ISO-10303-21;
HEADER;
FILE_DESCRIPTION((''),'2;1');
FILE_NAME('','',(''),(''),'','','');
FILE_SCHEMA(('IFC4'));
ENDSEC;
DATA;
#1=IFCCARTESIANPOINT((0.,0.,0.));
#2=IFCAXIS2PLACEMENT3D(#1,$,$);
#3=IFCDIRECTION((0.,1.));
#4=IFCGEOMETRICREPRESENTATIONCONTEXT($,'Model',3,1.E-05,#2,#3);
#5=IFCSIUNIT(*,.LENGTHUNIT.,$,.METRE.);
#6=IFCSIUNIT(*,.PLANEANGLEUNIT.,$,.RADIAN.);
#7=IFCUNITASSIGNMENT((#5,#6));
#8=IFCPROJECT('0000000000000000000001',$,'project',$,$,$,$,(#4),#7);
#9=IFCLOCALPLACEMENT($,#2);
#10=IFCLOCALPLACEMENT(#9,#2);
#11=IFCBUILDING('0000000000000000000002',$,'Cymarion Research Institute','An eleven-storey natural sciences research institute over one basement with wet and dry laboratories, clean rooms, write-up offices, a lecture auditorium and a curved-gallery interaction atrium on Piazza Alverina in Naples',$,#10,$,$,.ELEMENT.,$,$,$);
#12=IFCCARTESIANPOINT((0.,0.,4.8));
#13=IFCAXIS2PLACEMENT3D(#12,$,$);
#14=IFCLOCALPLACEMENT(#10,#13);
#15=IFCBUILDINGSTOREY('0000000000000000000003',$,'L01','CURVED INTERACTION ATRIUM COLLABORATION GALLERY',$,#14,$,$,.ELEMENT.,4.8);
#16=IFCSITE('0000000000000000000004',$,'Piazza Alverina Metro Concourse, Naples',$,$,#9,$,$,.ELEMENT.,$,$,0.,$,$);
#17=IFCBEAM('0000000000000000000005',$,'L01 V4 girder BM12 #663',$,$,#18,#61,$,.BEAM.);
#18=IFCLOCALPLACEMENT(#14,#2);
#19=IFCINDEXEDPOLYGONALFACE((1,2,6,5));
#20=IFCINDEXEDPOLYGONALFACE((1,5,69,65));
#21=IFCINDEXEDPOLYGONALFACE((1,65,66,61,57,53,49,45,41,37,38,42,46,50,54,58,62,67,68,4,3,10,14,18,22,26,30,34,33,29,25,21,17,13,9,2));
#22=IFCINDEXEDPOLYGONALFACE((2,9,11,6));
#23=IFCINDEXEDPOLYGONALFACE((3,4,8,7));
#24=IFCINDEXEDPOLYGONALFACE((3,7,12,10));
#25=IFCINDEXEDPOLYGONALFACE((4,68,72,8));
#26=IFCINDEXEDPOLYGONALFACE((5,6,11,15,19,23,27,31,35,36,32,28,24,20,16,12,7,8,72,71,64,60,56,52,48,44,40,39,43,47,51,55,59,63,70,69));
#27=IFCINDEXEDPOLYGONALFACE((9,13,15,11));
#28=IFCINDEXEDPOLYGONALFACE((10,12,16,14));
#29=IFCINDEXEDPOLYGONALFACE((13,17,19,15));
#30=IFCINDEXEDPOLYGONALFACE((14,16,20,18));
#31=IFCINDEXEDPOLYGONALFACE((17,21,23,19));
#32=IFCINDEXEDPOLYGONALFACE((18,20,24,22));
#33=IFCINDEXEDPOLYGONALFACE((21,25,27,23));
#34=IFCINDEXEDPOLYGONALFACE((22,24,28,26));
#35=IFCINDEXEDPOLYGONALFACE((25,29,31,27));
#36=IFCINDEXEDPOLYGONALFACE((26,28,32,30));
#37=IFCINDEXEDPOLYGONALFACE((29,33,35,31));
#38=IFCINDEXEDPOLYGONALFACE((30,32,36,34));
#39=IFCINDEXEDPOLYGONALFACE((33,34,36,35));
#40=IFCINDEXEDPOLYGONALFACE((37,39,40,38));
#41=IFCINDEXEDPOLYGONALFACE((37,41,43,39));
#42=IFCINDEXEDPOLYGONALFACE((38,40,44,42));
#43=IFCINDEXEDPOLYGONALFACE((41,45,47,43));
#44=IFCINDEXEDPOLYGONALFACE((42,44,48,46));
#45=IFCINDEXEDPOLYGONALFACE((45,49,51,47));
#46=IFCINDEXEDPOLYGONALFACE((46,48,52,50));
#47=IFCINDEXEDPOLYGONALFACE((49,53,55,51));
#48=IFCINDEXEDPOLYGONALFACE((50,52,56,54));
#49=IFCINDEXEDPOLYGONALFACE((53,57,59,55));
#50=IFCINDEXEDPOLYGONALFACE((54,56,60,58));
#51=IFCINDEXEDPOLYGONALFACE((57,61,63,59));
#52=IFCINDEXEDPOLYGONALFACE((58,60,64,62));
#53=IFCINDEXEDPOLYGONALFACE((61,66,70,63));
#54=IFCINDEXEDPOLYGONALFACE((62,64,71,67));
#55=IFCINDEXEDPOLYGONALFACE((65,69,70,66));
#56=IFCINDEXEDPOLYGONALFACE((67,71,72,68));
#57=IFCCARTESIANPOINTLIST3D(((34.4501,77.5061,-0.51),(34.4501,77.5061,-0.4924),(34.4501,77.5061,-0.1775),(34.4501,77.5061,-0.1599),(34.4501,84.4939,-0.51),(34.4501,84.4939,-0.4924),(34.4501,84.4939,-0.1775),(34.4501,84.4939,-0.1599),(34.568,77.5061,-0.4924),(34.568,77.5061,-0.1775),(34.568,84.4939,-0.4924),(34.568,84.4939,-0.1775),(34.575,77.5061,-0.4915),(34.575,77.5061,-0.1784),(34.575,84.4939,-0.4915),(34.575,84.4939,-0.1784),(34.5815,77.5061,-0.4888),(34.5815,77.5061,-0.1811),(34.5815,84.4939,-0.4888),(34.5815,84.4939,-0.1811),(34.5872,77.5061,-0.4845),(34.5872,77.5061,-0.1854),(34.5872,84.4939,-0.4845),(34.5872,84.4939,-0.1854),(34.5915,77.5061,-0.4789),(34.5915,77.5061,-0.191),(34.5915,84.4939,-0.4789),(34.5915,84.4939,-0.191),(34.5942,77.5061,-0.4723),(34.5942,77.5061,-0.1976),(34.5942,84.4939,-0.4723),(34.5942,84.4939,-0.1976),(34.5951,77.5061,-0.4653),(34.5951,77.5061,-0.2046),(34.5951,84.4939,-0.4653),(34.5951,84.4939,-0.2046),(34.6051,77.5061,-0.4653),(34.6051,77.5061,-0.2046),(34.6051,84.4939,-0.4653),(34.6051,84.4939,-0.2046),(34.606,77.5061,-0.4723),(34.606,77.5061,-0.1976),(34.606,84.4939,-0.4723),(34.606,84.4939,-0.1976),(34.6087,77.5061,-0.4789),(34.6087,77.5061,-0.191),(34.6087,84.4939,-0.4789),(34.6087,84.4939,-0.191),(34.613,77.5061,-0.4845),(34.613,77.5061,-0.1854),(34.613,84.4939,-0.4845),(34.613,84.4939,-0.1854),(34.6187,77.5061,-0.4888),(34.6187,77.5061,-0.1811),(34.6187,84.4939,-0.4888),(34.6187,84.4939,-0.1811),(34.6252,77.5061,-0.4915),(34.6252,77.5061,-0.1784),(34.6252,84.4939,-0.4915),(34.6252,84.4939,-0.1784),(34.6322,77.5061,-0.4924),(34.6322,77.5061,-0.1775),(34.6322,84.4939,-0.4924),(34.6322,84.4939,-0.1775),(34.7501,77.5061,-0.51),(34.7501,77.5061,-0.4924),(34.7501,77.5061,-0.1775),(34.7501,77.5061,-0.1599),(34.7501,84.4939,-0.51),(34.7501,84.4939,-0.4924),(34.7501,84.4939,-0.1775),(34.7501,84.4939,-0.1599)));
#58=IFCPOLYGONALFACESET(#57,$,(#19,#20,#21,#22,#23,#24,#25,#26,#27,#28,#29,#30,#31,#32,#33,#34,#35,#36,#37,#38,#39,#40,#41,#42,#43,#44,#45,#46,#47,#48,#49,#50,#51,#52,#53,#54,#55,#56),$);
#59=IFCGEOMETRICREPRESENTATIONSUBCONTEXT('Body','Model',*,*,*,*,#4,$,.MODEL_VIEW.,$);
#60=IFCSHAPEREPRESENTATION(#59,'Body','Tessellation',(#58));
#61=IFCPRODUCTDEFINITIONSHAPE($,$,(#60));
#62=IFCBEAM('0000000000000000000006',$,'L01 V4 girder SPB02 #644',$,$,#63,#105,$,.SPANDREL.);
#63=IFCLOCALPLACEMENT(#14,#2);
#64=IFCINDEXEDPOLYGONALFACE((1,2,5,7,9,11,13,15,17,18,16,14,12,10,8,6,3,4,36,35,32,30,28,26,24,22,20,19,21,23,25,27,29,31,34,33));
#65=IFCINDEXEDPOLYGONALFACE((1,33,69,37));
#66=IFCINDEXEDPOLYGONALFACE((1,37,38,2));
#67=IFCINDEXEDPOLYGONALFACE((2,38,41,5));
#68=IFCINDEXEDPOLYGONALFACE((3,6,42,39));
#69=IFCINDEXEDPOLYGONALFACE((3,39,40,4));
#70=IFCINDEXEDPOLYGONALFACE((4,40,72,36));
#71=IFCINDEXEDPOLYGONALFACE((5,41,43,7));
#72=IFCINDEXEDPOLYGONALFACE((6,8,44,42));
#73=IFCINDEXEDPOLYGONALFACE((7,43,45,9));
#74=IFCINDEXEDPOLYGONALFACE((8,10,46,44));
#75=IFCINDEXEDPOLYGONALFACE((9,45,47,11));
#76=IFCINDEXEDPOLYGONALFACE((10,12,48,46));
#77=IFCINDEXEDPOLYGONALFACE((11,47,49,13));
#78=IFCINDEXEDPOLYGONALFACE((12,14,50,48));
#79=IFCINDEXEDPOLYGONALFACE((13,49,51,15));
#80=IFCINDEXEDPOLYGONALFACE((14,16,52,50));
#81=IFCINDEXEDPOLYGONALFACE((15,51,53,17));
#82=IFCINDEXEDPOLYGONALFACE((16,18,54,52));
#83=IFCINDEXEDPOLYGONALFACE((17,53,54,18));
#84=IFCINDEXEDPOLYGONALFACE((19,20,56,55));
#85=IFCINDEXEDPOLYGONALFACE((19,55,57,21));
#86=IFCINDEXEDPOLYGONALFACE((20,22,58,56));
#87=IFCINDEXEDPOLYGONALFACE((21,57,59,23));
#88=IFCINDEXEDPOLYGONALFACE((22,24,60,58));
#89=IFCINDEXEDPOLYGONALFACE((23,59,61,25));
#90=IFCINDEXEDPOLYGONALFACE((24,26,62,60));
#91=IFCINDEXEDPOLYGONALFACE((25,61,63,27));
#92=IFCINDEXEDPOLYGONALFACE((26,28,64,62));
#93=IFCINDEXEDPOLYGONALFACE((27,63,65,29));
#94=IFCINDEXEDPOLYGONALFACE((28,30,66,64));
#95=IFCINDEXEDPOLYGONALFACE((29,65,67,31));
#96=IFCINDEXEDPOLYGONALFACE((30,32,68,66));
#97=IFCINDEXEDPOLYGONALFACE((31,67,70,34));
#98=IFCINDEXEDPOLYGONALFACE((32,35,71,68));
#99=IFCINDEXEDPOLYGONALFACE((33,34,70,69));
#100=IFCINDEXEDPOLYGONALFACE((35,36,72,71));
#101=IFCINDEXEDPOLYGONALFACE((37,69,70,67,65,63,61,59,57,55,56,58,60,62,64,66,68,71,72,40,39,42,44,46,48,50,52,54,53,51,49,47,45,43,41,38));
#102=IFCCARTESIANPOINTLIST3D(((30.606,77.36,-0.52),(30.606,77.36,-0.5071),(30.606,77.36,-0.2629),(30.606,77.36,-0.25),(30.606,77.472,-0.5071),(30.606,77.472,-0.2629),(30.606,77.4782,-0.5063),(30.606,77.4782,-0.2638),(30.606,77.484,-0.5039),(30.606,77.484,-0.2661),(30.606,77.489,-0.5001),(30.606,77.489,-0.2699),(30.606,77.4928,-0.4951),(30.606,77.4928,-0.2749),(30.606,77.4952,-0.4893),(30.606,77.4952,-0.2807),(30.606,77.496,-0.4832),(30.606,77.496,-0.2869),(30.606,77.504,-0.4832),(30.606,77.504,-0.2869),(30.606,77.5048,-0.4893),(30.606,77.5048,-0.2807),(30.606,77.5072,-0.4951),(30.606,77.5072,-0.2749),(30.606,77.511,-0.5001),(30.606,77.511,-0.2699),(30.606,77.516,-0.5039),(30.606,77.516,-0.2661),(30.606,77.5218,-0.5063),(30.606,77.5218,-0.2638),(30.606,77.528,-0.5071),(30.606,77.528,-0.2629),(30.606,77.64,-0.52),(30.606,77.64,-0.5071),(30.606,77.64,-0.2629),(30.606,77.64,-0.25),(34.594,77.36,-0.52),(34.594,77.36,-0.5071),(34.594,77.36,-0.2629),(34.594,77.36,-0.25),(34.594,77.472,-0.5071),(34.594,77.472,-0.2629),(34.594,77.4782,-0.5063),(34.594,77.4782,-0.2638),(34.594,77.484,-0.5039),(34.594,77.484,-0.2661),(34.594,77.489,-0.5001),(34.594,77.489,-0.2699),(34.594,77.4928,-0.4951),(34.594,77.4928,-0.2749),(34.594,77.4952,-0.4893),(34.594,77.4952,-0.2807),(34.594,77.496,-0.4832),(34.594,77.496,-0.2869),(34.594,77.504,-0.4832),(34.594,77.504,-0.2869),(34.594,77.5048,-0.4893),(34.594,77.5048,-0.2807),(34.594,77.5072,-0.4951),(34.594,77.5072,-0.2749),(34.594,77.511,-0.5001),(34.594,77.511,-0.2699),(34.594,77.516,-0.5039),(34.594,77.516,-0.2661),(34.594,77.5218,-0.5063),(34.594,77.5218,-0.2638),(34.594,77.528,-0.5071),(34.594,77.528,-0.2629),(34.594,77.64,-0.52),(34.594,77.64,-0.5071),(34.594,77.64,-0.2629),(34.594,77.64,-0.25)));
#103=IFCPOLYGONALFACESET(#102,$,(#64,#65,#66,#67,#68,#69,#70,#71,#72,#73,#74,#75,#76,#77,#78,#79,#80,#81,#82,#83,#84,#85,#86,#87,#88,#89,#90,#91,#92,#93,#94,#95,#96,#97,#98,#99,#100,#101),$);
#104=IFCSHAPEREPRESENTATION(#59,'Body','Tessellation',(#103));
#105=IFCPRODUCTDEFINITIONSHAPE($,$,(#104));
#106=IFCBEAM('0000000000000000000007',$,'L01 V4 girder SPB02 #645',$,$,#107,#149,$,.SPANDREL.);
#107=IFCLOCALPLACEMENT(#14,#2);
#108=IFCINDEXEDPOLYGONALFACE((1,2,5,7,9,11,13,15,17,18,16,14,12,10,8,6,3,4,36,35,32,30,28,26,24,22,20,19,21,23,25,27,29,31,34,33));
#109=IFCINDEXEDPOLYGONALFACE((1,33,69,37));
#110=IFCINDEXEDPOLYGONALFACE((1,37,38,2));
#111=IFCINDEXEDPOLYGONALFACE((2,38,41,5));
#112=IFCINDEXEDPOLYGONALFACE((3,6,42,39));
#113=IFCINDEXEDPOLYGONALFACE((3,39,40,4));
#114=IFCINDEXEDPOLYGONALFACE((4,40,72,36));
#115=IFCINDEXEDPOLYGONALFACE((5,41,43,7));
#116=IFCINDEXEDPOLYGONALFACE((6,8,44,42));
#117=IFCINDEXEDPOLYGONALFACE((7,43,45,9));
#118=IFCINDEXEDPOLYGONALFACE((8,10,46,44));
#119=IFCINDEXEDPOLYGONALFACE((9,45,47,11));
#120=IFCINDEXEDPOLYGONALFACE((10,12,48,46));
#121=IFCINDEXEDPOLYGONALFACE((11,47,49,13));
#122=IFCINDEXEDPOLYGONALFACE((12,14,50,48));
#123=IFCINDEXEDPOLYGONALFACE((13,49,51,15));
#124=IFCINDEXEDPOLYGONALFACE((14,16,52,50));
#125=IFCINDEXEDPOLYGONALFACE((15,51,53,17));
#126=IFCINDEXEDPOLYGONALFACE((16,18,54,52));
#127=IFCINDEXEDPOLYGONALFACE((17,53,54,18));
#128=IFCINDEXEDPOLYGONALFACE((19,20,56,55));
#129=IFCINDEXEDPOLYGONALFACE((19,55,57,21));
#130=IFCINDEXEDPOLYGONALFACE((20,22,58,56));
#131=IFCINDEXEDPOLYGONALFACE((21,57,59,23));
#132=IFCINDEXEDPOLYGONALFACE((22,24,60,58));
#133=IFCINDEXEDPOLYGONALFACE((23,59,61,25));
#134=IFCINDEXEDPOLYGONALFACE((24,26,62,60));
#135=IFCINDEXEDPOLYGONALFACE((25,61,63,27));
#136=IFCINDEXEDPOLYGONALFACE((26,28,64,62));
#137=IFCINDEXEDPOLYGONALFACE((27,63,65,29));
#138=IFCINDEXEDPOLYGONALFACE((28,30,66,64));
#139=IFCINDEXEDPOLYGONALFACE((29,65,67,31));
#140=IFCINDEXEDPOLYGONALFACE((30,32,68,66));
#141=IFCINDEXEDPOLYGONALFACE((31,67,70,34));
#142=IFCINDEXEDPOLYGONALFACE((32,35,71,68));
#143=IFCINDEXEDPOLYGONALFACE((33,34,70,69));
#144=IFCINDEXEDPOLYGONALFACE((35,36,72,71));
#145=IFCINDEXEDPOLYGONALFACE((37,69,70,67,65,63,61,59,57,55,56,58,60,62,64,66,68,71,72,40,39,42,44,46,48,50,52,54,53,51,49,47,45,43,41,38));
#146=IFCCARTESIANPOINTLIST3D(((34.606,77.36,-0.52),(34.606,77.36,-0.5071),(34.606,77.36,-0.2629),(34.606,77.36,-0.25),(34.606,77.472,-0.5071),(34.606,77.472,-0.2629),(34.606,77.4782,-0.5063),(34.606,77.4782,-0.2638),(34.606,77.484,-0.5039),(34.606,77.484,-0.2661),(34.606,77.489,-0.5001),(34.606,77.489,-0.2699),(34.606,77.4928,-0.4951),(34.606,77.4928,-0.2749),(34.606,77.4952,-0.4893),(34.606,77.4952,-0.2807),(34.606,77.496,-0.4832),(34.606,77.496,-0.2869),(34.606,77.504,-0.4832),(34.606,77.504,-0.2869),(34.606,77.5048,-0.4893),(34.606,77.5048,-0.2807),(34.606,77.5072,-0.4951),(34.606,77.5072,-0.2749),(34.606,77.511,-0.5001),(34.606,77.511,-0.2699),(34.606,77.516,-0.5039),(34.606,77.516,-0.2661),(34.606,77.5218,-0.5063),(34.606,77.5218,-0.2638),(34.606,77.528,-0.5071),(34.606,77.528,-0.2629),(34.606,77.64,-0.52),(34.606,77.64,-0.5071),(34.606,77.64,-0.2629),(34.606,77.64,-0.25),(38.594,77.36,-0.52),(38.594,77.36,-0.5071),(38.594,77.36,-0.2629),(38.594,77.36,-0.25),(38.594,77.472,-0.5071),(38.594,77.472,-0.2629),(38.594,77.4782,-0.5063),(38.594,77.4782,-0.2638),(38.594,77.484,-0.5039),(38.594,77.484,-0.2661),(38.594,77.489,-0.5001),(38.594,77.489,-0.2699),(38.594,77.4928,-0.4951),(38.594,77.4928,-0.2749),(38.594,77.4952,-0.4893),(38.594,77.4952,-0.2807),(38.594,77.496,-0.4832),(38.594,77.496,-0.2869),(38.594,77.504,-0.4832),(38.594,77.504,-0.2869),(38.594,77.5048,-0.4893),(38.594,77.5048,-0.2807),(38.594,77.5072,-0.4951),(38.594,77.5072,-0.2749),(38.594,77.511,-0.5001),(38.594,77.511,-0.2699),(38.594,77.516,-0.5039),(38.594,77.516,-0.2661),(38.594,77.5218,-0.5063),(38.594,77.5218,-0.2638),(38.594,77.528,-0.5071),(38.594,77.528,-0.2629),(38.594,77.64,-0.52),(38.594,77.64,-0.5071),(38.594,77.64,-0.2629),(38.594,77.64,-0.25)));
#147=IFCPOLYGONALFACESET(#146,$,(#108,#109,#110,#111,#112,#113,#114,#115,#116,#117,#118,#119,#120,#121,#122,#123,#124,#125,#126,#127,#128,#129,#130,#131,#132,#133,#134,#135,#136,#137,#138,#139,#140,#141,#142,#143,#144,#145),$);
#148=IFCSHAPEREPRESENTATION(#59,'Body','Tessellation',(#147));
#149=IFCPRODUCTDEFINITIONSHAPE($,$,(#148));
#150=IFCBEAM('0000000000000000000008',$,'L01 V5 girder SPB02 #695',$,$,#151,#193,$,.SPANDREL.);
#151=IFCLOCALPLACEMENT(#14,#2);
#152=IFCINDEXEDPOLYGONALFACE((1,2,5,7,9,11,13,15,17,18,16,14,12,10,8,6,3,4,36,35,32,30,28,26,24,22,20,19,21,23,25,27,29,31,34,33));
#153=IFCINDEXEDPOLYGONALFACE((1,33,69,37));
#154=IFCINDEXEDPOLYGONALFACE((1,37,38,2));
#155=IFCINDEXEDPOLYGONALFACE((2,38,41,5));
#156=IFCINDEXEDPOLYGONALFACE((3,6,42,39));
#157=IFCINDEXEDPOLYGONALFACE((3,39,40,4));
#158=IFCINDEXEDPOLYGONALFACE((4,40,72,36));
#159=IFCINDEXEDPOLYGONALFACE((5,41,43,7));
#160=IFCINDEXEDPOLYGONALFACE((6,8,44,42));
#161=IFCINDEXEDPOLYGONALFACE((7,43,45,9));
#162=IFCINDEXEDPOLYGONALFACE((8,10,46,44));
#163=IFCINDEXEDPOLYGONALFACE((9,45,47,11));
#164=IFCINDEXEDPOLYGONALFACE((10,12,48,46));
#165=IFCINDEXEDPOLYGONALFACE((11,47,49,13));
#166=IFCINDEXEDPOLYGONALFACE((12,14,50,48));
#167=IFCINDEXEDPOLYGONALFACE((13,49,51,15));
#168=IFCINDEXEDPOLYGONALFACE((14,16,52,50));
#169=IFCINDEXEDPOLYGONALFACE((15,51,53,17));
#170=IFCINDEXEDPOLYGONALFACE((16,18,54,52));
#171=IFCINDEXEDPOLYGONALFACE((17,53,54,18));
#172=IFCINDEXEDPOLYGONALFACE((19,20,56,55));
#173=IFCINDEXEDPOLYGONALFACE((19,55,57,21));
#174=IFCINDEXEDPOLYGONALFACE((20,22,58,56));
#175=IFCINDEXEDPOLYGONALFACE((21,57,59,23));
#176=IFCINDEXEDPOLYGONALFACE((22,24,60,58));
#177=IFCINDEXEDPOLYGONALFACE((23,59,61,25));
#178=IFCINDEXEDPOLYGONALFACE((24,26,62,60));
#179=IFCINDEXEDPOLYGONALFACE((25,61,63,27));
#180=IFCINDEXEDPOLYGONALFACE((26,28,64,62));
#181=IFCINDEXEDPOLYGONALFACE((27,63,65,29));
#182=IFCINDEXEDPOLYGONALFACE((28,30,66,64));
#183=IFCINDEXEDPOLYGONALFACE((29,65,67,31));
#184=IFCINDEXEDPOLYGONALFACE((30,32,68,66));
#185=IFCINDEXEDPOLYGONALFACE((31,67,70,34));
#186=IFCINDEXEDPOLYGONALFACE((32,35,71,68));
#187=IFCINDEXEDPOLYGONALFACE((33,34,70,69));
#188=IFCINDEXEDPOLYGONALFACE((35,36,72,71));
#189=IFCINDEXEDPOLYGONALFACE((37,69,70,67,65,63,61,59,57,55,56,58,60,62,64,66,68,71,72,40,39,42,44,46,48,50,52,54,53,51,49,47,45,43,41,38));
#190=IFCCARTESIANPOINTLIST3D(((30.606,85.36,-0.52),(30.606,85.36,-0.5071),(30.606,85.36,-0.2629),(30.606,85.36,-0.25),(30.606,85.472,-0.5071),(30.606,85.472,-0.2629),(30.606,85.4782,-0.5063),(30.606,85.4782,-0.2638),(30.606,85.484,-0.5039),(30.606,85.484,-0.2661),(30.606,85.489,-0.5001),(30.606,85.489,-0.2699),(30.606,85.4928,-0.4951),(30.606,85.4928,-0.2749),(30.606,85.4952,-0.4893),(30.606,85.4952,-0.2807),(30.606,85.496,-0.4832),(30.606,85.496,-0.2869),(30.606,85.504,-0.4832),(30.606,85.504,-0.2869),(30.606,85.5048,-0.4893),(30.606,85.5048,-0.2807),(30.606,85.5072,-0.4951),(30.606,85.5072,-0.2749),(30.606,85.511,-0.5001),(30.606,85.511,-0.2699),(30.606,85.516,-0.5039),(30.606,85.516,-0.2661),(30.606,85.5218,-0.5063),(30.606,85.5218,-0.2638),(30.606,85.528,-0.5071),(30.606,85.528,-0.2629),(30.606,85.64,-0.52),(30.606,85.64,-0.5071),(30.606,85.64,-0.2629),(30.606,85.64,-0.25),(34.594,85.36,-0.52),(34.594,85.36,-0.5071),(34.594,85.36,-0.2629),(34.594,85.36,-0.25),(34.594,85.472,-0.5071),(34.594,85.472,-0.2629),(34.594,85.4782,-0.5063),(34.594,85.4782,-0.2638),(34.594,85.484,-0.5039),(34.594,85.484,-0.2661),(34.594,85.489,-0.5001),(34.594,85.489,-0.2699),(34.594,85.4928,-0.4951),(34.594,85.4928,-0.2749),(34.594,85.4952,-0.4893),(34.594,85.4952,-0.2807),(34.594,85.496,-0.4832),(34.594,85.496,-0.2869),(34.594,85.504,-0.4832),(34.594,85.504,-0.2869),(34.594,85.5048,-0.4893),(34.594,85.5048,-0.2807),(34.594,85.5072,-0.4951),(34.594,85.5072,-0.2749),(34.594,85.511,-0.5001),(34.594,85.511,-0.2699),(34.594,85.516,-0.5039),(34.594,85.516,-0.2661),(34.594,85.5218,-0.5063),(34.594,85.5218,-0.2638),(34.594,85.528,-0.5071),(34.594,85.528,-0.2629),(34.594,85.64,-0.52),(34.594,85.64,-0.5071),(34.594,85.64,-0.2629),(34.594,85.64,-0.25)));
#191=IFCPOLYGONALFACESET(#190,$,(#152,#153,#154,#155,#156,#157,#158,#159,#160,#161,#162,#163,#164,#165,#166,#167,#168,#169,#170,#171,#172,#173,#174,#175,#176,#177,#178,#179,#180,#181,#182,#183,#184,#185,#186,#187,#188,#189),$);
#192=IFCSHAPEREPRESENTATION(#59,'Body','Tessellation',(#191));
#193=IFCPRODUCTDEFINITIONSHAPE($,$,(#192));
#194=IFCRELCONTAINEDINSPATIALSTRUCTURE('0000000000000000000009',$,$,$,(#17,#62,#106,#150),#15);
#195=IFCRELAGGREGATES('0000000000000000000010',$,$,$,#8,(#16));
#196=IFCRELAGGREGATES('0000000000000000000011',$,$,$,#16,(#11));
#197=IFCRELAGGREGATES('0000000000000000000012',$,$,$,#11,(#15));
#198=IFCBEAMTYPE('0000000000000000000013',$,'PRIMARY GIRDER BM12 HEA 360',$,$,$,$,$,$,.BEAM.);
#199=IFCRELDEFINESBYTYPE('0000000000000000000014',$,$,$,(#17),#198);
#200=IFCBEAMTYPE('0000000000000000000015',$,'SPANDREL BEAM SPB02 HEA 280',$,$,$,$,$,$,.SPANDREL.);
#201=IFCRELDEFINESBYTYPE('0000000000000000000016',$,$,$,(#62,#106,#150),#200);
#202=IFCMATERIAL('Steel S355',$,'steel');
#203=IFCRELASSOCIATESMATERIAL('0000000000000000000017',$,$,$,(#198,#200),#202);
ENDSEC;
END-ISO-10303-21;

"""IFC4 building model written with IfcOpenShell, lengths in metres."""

from ifc_helpers import new_model, si_unit, direction, frame, origin, origin_2d, place, context, subcontext, project, spatial, i_section, extrude, material, material_profile, profile_set, type_object, element, save


model = new_model("IFC4")

# Units and contexts
model_context = context("Model", 3, precision=1e-05, world=origin(), true_north=direction((0.0, 1.0)))
body_context = subcontext(model_context, "Body", "Model", "MODEL_VIEW")
ifc_project = project(units=[si_unit("LENGTHUNIT", "METRE"), si_unit("PLANEANGLEUNIT", "RADIAN")], contexts=[model_context])

# Site, building, storey
site_placement = place(None, origin())
site = spatial("IfcSite", under=ifc_project, at=site_placement, Name="Piazza Alverina Metro Concourse, Naples", CompositionType="ELEMENT", RefElevation=0.0)
building_placement = place(site_placement, origin())
building = spatial("IfcBuilding", under=site, at=building_placement, Name="Cymarion Research Institute", Description="An eleven-storey natural sciences research institute over one basement with wet and dry laboratories, clean rooms, write-up offices, a lecture auditorium and a curved-gallery interaction atrium on Piazza Alverina in Naples", CompositionType="ELEMENT")
storey_placement = place(building_placement, frame((0.0, 0.0, 4.8)))
storey = spatial("IfcBuildingStorey", under=building, at=storey_placement, Name="L01", Description="CURVED INTERACTION ATRIUM COLLABORATION GALLERY", CompositionType="ELEMENT", Elevation=4.8)

# Shared definitions
ifc_material_1 = material(Name="Steel S355", Category="steel")

# Beams
ifc_material_profile_1 = material_profile(ifc_material_1, i_section(OverallWidth=0.3, OverallDepth=0.3501, WebThickness=0.01, FlangeThickness=0.0176, FilletRadius=0.0271, at=origin_2d()), Name="HEA 360")
ifc_profile_set_1 = profile_set([ifc_material_profile_1], Name="Steel S355")
beam_type_1 = type_object("IfcBeamType", Name="PRIMARY GIRDER BM12 HEA 360", PredefinedType="BEAM", material=ifc_profile_set_1)
beam_1_placement = place(storey_placement, frame((34.6001, 77.5061, -0.335), z_axis=(0.0, 1.0, 0.0), x_axis=(-1.0, 0.0, 0.0)))
element("IfcBeam", 1, at=beam_1_placement, inside=storey, type_object=beam_type_1, Name="L01 V4 girder BM12 #663", PredefinedType="BEAM", context=body_context, shape_type="SweptSolid", body=[
    extrude(i_section(OverallWidth=0.3, OverallDepth=0.3501, WebThickness=0.01, FlangeThickness=0.0176, FilletRadius=0.0271, at=origin_2d()), origin(), (0.0, 0.0, 1.0), 6.9878),
])
ifc_material_profile_2 = material_profile(ifc_material_1, i_section(OverallWidth=0.28, OverallDepth=0.27, WebThickness=0.0081, FlangeThickness=0.0129, FilletRadius=0.0239, at=origin_2d()), Name="HEA 280")
ifc_profile_set_2 = profile_set([ifc_material_profile_2], Name="Steel S355")
beam_type_2 = type_object("IfcBeamType", Name="SPANDREL BEAM SPB02 HEA 280", PredefinedType="SPANDREL", material=ifc_profile_set_2)
for number, where, z_axis, x_axis, name in (
    (2, (30.606, 77.5, -0.385), (1.0, 0.0, 0.0), (0.0, 1.0, 0.0), "L01 V4 girder SPB02 #644"),
    (3, (34.606, 77.5, -0.385), (1.0, 0.0, 0.0), (0.0, 1.0, 0.0), "L01 V4 girder SPB02 #645"),
    (4, (30.606, 85.5, -0.385), (1.0, 0.0, 0.0), (0.0, 1.0, 0.0), "L01 V5 girder SPB02 #695"),
):
    element("IfcBeam", number, at=place(storey_placement, frame(where, z_axis=z_axis, x_axis=x_axis)), inside=storey, type_object=beam_type_2, Name=name, PredefinedType="SPANDREL", context=body_context, shape_type="SweptSolid", body=[
        extrude(i_section(OverallWidth=0.28, OverallDepth=0.27, WebThickness=0.0081, FlangeThickness=0.0129, FilletRadius=0.0239, at=origin_2d()), origin(), (0.0, 0.0, 1.0), 3.988),
    ])

save(model, "model.ifc")
